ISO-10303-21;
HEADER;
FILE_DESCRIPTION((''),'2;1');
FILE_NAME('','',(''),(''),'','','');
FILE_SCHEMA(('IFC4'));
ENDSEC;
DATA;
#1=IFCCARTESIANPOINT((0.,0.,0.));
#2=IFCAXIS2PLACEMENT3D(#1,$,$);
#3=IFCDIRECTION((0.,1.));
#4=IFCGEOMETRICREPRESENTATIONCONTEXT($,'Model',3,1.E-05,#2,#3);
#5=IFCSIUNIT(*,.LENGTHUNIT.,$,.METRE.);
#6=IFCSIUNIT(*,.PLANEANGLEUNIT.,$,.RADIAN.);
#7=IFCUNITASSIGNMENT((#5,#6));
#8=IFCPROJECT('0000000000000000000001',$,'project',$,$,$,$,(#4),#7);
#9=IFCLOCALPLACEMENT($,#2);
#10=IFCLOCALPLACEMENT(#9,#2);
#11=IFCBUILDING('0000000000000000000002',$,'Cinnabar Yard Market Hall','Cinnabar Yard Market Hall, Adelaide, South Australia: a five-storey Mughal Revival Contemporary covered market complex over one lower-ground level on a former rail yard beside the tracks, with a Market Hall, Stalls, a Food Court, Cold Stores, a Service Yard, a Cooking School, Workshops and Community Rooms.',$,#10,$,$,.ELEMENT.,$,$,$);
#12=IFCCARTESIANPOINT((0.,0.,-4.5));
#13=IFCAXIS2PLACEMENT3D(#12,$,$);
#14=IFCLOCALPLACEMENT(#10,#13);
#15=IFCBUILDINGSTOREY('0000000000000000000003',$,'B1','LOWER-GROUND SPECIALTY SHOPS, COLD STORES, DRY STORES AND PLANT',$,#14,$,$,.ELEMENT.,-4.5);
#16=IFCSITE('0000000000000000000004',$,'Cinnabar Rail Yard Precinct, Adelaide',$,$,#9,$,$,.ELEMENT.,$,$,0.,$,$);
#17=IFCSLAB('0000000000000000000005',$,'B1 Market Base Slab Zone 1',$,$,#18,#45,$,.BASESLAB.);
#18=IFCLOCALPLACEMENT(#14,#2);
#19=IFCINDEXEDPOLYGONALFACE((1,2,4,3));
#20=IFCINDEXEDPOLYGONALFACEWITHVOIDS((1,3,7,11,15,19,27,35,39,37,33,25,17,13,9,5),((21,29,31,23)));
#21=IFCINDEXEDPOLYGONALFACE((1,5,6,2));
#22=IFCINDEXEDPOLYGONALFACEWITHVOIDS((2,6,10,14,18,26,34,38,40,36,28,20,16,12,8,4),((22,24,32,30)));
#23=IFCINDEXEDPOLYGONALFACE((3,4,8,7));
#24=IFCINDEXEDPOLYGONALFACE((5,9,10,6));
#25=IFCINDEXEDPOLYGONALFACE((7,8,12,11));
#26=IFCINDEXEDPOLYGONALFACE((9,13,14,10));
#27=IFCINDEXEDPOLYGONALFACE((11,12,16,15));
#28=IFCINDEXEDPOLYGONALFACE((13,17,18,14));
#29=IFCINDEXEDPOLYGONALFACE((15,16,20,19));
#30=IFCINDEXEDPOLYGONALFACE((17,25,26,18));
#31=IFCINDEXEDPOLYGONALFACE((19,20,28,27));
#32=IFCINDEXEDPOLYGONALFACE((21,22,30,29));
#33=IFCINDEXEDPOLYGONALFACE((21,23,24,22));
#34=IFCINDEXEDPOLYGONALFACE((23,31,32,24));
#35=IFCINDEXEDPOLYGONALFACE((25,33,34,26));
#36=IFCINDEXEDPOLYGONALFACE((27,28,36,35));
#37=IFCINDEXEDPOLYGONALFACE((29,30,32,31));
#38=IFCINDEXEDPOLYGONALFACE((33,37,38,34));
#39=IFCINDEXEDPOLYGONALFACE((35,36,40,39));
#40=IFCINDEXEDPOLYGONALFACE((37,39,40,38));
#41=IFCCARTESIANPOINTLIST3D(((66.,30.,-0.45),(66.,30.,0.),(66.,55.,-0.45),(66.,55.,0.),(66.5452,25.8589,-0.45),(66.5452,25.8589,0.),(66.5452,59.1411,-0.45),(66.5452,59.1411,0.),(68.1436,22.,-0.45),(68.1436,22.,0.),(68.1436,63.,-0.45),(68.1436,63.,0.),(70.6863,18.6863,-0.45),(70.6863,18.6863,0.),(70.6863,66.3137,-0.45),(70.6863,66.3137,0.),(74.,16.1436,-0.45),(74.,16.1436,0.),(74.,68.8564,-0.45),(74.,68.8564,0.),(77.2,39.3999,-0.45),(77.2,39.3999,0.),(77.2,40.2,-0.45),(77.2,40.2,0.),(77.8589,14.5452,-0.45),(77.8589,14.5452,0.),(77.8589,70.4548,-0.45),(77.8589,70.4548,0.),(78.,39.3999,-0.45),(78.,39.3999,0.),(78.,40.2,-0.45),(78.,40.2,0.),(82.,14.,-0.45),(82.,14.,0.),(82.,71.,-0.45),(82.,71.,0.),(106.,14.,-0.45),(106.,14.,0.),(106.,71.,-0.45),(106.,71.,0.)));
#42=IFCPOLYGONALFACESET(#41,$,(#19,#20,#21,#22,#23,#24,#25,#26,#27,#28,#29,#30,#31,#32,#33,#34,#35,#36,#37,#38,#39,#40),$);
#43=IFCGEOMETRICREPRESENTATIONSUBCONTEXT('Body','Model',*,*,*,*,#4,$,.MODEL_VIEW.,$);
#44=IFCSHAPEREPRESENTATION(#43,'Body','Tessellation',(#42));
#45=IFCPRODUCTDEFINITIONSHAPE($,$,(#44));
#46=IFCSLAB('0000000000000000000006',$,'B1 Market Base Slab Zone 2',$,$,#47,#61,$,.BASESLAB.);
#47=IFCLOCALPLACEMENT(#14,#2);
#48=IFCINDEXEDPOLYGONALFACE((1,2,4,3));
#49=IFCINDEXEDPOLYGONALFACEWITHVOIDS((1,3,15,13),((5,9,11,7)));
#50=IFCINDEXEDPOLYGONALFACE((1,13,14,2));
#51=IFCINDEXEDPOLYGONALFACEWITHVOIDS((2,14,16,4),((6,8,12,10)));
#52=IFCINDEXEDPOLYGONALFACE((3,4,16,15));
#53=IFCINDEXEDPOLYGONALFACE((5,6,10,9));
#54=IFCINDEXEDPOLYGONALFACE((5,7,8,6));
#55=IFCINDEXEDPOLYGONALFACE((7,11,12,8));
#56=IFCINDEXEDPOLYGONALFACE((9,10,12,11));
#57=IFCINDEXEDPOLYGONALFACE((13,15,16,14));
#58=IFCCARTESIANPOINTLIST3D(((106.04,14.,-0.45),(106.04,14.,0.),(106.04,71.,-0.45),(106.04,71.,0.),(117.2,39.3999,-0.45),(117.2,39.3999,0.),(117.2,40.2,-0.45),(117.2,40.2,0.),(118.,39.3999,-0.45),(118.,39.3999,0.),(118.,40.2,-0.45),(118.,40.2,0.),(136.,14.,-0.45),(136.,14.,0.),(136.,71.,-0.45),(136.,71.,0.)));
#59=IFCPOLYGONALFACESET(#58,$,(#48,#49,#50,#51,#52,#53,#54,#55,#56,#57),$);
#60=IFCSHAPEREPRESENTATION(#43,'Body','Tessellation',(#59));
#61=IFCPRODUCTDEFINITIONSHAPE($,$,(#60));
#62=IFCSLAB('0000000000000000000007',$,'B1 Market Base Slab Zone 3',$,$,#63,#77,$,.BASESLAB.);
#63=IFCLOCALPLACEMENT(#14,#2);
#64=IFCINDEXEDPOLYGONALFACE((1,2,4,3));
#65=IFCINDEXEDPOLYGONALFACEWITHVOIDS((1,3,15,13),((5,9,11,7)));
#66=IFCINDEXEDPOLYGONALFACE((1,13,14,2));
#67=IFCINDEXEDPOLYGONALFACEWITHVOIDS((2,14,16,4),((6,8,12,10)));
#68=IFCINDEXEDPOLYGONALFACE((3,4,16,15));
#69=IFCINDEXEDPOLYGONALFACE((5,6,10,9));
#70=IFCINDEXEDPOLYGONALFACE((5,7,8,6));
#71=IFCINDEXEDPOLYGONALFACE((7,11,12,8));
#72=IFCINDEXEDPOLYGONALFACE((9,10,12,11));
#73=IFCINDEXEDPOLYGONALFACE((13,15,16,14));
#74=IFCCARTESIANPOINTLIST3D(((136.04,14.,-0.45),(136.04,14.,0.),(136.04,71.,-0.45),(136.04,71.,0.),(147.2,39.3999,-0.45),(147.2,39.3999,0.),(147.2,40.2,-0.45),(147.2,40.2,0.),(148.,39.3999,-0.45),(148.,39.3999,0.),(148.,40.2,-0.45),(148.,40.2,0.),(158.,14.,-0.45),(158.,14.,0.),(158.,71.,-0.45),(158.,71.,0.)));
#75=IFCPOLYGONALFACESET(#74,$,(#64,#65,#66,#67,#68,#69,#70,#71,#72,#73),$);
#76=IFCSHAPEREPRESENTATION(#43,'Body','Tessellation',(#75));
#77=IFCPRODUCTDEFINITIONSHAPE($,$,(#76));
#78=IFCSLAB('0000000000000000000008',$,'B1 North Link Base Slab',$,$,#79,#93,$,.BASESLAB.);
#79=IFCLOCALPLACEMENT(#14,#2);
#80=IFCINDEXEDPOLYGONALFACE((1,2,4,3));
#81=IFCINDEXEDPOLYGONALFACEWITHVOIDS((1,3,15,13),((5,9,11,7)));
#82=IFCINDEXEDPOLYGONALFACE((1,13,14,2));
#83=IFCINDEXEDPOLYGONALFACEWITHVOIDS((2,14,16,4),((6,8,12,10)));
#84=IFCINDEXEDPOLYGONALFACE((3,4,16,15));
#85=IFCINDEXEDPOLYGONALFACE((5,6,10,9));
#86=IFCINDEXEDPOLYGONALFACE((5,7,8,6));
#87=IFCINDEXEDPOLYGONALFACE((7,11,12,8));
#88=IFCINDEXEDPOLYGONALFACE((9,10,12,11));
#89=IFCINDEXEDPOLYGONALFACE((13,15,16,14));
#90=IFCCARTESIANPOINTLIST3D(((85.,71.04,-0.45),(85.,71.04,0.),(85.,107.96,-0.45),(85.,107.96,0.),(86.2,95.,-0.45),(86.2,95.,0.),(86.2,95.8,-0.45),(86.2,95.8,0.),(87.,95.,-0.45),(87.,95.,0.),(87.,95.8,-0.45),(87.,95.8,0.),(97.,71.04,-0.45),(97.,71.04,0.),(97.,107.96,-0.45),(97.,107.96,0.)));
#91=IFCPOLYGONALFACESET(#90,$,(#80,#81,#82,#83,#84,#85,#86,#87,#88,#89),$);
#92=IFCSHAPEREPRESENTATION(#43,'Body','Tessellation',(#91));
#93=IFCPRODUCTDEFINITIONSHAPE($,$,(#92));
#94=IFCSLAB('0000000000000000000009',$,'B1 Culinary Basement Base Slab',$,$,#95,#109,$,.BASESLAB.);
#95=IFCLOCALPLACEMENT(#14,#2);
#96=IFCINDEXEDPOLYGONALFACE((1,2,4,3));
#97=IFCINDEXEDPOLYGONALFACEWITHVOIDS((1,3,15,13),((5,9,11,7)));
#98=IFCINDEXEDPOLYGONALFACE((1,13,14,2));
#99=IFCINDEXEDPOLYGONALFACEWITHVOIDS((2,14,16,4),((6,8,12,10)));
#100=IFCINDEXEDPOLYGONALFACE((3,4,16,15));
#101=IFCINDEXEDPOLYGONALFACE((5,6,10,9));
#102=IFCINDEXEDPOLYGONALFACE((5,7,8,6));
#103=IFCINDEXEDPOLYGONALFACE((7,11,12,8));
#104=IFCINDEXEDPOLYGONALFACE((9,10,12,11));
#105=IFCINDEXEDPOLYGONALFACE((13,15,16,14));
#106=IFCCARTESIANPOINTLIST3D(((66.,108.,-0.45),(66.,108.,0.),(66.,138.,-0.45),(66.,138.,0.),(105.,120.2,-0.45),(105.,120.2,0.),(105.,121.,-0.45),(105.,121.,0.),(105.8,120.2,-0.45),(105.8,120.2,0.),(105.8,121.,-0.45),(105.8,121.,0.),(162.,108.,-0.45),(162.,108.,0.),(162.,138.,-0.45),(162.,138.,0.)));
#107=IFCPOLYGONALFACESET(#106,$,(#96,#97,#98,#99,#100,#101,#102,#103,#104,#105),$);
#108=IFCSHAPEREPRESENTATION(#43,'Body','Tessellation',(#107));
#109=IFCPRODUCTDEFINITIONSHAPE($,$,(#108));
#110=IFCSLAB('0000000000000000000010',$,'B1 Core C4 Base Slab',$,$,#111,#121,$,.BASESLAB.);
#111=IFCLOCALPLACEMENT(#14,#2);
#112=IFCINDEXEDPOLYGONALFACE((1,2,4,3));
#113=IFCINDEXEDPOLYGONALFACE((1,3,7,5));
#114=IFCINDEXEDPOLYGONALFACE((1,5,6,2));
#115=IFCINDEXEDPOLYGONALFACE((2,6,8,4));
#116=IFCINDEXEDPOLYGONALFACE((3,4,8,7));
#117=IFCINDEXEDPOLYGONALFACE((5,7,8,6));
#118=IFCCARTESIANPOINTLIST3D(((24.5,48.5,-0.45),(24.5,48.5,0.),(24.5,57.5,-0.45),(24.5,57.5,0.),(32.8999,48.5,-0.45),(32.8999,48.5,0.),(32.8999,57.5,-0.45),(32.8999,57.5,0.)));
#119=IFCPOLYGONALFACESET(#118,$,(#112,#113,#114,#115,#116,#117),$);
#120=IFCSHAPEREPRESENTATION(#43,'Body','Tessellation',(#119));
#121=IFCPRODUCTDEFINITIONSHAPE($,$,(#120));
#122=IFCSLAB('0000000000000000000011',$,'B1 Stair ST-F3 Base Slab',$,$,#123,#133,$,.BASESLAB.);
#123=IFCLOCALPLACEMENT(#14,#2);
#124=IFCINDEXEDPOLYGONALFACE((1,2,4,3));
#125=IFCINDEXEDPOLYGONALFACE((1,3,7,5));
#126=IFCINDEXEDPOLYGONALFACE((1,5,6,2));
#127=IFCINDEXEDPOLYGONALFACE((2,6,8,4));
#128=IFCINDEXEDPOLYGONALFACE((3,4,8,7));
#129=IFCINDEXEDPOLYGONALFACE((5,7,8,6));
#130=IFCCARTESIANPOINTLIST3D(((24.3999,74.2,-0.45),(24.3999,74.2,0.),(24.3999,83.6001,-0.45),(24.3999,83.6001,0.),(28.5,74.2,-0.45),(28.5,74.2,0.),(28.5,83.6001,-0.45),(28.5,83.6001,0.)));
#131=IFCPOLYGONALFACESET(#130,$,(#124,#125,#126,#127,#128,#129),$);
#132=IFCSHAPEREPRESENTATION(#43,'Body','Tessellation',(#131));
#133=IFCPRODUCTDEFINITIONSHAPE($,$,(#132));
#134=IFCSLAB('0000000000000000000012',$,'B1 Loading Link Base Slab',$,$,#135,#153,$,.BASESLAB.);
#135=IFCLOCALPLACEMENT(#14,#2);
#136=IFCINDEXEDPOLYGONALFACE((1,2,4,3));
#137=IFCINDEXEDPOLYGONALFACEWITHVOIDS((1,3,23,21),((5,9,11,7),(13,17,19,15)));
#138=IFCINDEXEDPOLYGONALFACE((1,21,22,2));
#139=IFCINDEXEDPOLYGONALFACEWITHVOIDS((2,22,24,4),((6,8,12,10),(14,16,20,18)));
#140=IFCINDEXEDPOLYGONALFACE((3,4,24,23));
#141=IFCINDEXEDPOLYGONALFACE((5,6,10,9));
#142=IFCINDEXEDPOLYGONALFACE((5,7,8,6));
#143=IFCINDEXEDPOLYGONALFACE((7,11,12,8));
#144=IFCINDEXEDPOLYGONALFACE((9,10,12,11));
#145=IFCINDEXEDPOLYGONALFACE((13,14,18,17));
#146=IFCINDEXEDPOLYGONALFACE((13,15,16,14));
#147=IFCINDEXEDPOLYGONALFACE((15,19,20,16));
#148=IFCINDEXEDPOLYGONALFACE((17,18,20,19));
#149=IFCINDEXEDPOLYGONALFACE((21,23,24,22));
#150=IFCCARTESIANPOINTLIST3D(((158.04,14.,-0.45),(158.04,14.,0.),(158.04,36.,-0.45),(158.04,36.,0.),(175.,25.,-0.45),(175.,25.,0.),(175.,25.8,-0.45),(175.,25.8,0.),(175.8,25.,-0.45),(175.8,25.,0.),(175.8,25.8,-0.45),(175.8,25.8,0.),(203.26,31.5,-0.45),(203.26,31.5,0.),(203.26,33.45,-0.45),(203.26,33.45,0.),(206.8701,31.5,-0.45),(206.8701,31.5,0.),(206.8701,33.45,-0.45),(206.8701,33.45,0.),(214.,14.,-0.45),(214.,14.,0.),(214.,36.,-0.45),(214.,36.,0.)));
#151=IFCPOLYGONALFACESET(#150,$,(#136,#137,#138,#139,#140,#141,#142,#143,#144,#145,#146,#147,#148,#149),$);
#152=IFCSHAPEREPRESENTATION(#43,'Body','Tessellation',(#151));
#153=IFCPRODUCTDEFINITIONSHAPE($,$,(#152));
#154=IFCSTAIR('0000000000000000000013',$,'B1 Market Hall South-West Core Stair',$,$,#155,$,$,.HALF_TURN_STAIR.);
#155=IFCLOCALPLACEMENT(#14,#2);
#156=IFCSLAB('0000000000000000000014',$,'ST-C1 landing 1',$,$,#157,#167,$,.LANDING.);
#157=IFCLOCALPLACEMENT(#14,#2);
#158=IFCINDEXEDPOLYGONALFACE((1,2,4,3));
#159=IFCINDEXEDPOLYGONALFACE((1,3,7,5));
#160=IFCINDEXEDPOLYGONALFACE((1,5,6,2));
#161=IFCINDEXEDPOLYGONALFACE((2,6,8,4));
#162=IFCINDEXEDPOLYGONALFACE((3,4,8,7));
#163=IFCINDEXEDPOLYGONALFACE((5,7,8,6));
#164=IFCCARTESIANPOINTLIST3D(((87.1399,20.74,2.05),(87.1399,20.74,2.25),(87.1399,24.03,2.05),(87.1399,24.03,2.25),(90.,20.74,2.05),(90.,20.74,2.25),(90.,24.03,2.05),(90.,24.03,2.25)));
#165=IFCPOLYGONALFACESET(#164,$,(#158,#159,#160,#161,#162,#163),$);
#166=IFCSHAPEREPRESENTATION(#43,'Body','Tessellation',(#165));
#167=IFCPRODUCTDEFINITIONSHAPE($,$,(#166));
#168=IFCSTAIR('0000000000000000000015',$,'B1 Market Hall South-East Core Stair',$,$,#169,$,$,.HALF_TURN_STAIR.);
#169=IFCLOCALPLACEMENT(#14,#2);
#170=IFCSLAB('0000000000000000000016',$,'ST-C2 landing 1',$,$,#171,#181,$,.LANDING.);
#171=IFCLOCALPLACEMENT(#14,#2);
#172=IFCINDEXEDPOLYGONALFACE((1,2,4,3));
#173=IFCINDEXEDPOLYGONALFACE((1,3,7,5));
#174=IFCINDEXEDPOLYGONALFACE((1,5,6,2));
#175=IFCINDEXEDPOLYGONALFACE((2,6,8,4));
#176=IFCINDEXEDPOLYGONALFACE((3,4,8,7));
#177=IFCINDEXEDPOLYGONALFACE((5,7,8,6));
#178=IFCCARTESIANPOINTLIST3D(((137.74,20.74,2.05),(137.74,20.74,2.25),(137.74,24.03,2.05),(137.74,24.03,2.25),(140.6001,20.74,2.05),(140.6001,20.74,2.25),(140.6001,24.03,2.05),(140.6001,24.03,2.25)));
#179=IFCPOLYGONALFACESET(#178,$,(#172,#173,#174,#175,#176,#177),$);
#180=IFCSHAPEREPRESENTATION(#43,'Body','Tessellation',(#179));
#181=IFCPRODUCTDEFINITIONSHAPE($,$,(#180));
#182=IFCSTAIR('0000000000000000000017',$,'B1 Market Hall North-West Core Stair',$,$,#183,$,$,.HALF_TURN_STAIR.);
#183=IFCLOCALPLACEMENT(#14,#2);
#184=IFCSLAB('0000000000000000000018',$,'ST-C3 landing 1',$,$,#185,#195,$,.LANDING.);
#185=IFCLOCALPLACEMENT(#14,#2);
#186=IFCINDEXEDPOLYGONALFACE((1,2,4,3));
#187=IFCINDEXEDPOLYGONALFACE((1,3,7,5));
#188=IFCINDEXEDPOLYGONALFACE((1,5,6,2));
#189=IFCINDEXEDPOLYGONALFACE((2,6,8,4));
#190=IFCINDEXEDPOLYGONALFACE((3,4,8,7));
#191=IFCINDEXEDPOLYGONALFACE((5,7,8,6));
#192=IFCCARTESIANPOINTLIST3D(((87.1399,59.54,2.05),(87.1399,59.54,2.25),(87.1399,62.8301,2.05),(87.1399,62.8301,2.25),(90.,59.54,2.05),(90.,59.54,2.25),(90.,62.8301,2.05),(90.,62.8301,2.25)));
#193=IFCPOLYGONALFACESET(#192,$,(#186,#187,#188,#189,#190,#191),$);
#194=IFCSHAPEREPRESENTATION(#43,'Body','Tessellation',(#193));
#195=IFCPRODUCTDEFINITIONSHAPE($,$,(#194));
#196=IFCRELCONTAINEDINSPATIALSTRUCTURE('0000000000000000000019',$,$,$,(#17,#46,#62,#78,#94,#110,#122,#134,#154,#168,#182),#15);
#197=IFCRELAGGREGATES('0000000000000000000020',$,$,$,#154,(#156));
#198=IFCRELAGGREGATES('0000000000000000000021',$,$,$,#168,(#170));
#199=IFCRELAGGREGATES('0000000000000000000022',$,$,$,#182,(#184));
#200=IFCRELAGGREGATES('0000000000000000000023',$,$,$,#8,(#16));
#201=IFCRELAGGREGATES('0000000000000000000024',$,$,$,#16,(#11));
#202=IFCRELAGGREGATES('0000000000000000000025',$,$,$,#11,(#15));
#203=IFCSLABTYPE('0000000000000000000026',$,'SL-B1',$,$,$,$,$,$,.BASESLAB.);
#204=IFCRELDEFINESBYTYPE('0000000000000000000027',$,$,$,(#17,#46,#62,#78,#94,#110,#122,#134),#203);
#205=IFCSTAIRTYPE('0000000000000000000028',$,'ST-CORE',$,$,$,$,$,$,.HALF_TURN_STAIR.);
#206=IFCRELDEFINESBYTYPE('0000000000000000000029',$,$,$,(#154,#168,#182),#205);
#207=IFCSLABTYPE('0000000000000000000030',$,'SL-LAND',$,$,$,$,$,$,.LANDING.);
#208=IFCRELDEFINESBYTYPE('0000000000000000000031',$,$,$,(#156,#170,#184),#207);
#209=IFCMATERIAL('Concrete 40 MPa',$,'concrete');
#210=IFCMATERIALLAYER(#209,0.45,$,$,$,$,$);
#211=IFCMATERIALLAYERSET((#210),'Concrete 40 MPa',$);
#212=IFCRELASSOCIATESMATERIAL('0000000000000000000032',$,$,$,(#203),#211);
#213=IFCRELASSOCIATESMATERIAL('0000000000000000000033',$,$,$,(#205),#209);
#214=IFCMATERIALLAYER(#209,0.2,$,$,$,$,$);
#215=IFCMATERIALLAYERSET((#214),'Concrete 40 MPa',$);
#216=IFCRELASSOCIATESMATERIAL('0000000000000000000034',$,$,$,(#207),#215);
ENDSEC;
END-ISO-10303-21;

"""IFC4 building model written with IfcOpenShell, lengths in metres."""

from ifc_helpers import new_model, si_unit, direction, frame, origin, place, context, subcontext, project, spatial, polyline, outline, extrude, material, layer, layer_set, type_object, element, aggregate, save


model = new_model("IFC4")

# Units and contexts
model_context = context("Model", 3, precision=1e-05, world=origin(), true_north=direction((0.0, 1.0)))
body_context = subcontext(model_context, "Body", "Model", "MODEL_VIEW")
ifc_project = project(units=[si_unit("LENGTHUNIT", "METRE"), si_unit("PLANEANGLEUNIT", "RADIAN")], contexts=[model_context])

# Site, building, storey
site_placement = place(None, origin())
site = spatial("IfcSite", under=ifc_project, at=site_placement, Name="Cinnabar Rail Yard Precinct, Adelaide", CompositionType="ELEMENT", RefElevation=0.0)
building_placement = place(site_placement, origin())
building = spatial("IfcBuilding", under=site, at=building_placement, Name="Cinnabar Yard Market Hall", Description="Cinnabar Yard Market Hall, Adelaide, South Australia: a five-storey Mughal Revival Contemporary covered market complex over one lower-ground level on a former rail yard beside the tracks, with a Market Hall, Stalls, a Food Court, Cold Stores, a Service Yard, a Cooking School, Workshops and Community Rooms.", CompositionType="ELEMENT")
storey_placement = place(building_placement, frame((0.0, 0.0, -4.5)))
storey = spatial("IfcBuildingStorey", under=building, at=storey_placement, Name="B1", Description="LOWER-GROUND SPECIALTY SHOPS, COLD STORES, DRY STORES AND PLANT", CompositionType="ELEMENT", Elevation=-4.5)

# Shared definitions
ifc_material_1 = material(Name="Concrete 40 MPa", Category="concrete")

# Slabs
ifc_layer_1 = layer(ifc_material_1, 0.45)
ifc_layer_set_1 = layer_set([ifc_layer_1], Name="Concrete 40 MPa")
slab_type_1 = type_object("IfcSlabType", Name="SL-B1", PredefinedType="BASESLAB", material=ifc_layer_set_1)
slab_1_placement = place(storey_placement, frame((0.0, 0.0, -0.45)))
element("IfcSlab", 1, at=slab_1_placement, inside=storey, type_object=slab_type_1, Name="B1 Market Base Slab Zone 1", PredefinedType="BASESLAB", context=body_context, shape_type="SweptSolid", body=[
    extrude(outline(polyline([(66.0, 30.0), (66.5452, 25.8589), (68.1436, 22.0), (70.6863, 18.6863), (74.0, 16.1436), (77.8589, 14.5452), (82.0, 14.0), (106.0, 14.0), (106.0, 71.0), (82.0, 71.0), (77.8589, 70.4548), (74.0, 68.8564), (70.6863, 66.3137), (68.1436, 63.0), (66.5452, 59.1411), (66.0, 55.0), (66.0, 30.0)]), holes=[polyline([(77.2, 39.3999), (78.0, 39.3999), (78.0, 40.2), (77.2, 40.2), (77.2, 39.3999)])]), origin(), (0.0, 0.0, 1.0), 0.45),
])
slab_2_placement = place(storey_placement, frame((0.0, 0.0, -0.45)))
element("IfcSlab", 2, at=slab_2_placement, inside=storey, type_object=slab_type_1, Name="B1 Market Base Slab Zone 2", PredefinedType="BASESLAB", context=body_context, shape_type="SweptSolid", body=[
    extrude(outline(polyline([(106.04, 14.0), (136.0, 14.0), (136.0, 71.0), (106.04, 71.0), (106.04, 14.0)]), holes=[polyline([(117.2, 39.3999), (118.0, 39.3999), (118.0, 40.2), (117.2, 40.2), (117.2, 39.3999)])]), origin(), (0.0, 0.0, 1.0), 0.45),
])
slab_3_placement = place(storey_placement, frame((0.0, 0.0, -0.45)))
element("IfcSlab", 3, at=slab_3_placement, inside=storey, type_object=slab_type_1, Name="B1 Market Base Slab Zone 3", PredefinedType="BASESLAB", context=body_context, shape_type="SweptSolid", body=[
    extrude(outline(polyline([(136.04, 14.0), (158.0, 14.0), (158.0, 71.0), (136.04, 71.0), (136.04, 14.0)]), holes=[polyline([(147.2, 39.3999), (148.0, 39.3999), (148.0, 40.2), (147.2, 40.2), (147.2, 39.3999)])]), origin(), (0.0, 0.0, 1.0), 0.45),
])
slab_4_placement = place(storey_placement, frame((0.0, 0.0, -0.45)))
element("IfcSlab", 4, at=slab_4_placement, inside=storey, type_object=slab_type_1, Name="B1 North Link Base Slab", PredefinedType="BASESLAB", context=body_context, shape_type="SweptSolid", body=[
    extrude(outline(polyline([(85.0, 71.04), (97.0, 71.04), (97.0, 107.96), (85.0, 107.96), (85.0, 71.04)]), holes=[polyline([(86.2, 95.0), (87.0, 95.0), (87.0, 95.8), (86.2, 95.8), (86.2, 95.0)])]), origin(), (0.0, 0.0, 1.0), 0.45),
])
slab_5_placement = place(storey_placement, frame((0.0, 0.0, -0.45)))
element("IfcSlab", 5, at=slab_5_placement, inside=storey, type_object=slab_type_1, Name="B1 Culinary Basement Base Slab", PredefinedType="BASESLAB", context=body_context, shape_type="SweptSolid", body=[
    extrude(outline(polyline([(66.0, 108.0), (162.0, 108.0), (162.0, 138.0), (66.0, 138.0), (66.0, 108.0)]), holes=[polyline([(105.0, 120.2), (105.8, 120.2), (105.8, 121.0), (105.0, 121.0), (105.0, 120.2)])]), origin(), (0.0, 0.0, 1.0), 0.45),
])
slab_6_placement = place(storey_placement, frame((0.0, 0.0, -0.45)))
element("IfcSlab", 6, at=slab_6_placement, inside=storey, type_object=slab_type_1, Name="B1 Core C4 Base Slab", PredefinedType="BASESLAB", context=body_context, shape_type="SweptSolid", body=[
    extrude(outline(polyline([(24.5, 48.5), (32.8999, 48.5), (32.8999, 57.5), (24.5, 57.5), (24.5, 48.5)])), origin(), (0.0, 0.0, 1.0), 0.45),
])
slab_7_placement = place(storey_placement, frame((0.0, 0.0, -0.45)))
element("IfcSlab", 7, at=slab_7_placement, inside=storey, type_object=slab_type_1, Name="B1 Stair ST-F3 Base Slab", PredefinedType="BASESLAB", context=body_context, shape_type="SweptSolid", body=[
    extrude(outline(polyline([(24.3999, 74.2), (28.5, 74.2), (28.5, 83.6001), (24.3999, 83.6001), (24.3999, 74.2)])), origin(), (0.0, 0.0, 1.0), 0.45),
])
slab_8_placement = place(storey_placement, frame((0.0, 0.0, -0.45)))
element("IfcSlab", 8, at=slab_8_placement, inside=storey, type_object=slab_type_1, Name="B1 Loading Link Base Slab", PredefinedType="BASESLAB", context=body_context, shape_type="SweptSolid", body=[
    extrude(outline(polyline([(158.04, 14.0), (214.0, 14.0), (214.0, 36.0), (158.04, 36.0), (158.04, 14.0)]), holes=[polyline([(175.0, 25.0), (175.8, 25.0), (175.8, 25.8), (175.0, 25.8), (175.0, 25.0)]), polyline([(203.26, 31.5), (206.8701, 31.5), (206.8701, 33.45), (203.26, 33.45), (203.26, 31.5)])]), origin(), (0.0, 0.0, 1.0), 0.45),
])

# Stairs, slabs
stair_type = type_object("IfcStairType", Name="ST-CORE", PredefinedType="HALF_TURN_STAIR", material=ifc_material_1)
stair_1_placement = place(storey_placement, origin())
stair_1 = element("IfcStair", 9, at=stair_1_placement, inside=storey, type_object=stair_type, Name="B1 Market Hall South-West Core Stair", PredefinedType="HALF_TURN_STAIR")
ifc_layer_2 = layer(ifc_material_1, 0.2)
ifc_layer_set_2 = layer_set([ifc_layer_2], Name="Concrete 40 MPa")
slab_type_2 = type_object("IfcSlabType", Name="SL-LAND", PredefinedType="LANDING", material=ifc_layer_set_2)
slab_9_placement = place(storey_placement, frame((0.0, 0.0, 2.05)))
slab_9 = element("IfcSlab", 10, at=slab_9_placement, type_object=slab_type_2, Name="ST-C1 landing 1", PredefinedType="LANDING", context=body_context, shape_type="SweptSolid", body=[
    extrude(outline(polyline([(87.1399, 24.03), (87.1399, 20.74), (90.0, 20.74), (90.0, 24.03), (87.1399, 24.03)])), origin(), (0.0, 0.0, 1.0), 0.2),
])
aggregate(stair_1, [slab_9])
stair_2_placement = place(storey_placement, origin())
stair_2 = element("IfcStair", 11, at=stair_2_placement, inside=storey, type_object=stair_type, Name="B1 Market Hall South-East Core Stair", PredefinedType="HALF_TURN_STAIR")
slab_10_placement = place(storey_placement, frame((0.0, 0.0, 2.05)))
slab_10 = element("IfcSlab", 12, at=slab_10_placement, type_object=slab_type_2, Name="ST-C2 landing 1", PredefinedType="LANDING", context=body_context, shape_type="SweptSolid", body=[
    extrude(outline(polyline([(137.74, 24.03), (137.74, 20.74), (140.6001, 20.74), (140.6001, 24.03), (137.74, 24.03)])), origin(), (0.0, 0.0, 1.0), 0.2),
])
aggregate(stair_2, [slab_10])
stair_3_placement = place(storey_placement, origin())
stair_3 = element("IfcStair", 13, at=stair_3_placement, inside=storey, type_object=stair_type, Name="B1 Market Hall North-West Core Stair", PredefinedType="HALF_TURN_STAIR")
slab_11_placement = place(storey_placement, frame((0.0, 0.0, 2.05)))
slab_11 = element("IfcSlab", 14, at=slab_11_placement, type_object=slab_type_2, Name="ST-C3 landing 1", PredefinedType="LANDING", context=body_context, shape_type="SweptSolid", body=[
    extrude(outline(polyline([(87.1399, 62.8301), (87.1399, 59.54), (90.0, 59.54), (90.0, 62.8301), (87.1399, 62.8301)])), origin(), (0.0, 0.0, 1.0), 0.2),
])
aggregate(stair_3, [slab_11])

save(model, "model.ifc")
